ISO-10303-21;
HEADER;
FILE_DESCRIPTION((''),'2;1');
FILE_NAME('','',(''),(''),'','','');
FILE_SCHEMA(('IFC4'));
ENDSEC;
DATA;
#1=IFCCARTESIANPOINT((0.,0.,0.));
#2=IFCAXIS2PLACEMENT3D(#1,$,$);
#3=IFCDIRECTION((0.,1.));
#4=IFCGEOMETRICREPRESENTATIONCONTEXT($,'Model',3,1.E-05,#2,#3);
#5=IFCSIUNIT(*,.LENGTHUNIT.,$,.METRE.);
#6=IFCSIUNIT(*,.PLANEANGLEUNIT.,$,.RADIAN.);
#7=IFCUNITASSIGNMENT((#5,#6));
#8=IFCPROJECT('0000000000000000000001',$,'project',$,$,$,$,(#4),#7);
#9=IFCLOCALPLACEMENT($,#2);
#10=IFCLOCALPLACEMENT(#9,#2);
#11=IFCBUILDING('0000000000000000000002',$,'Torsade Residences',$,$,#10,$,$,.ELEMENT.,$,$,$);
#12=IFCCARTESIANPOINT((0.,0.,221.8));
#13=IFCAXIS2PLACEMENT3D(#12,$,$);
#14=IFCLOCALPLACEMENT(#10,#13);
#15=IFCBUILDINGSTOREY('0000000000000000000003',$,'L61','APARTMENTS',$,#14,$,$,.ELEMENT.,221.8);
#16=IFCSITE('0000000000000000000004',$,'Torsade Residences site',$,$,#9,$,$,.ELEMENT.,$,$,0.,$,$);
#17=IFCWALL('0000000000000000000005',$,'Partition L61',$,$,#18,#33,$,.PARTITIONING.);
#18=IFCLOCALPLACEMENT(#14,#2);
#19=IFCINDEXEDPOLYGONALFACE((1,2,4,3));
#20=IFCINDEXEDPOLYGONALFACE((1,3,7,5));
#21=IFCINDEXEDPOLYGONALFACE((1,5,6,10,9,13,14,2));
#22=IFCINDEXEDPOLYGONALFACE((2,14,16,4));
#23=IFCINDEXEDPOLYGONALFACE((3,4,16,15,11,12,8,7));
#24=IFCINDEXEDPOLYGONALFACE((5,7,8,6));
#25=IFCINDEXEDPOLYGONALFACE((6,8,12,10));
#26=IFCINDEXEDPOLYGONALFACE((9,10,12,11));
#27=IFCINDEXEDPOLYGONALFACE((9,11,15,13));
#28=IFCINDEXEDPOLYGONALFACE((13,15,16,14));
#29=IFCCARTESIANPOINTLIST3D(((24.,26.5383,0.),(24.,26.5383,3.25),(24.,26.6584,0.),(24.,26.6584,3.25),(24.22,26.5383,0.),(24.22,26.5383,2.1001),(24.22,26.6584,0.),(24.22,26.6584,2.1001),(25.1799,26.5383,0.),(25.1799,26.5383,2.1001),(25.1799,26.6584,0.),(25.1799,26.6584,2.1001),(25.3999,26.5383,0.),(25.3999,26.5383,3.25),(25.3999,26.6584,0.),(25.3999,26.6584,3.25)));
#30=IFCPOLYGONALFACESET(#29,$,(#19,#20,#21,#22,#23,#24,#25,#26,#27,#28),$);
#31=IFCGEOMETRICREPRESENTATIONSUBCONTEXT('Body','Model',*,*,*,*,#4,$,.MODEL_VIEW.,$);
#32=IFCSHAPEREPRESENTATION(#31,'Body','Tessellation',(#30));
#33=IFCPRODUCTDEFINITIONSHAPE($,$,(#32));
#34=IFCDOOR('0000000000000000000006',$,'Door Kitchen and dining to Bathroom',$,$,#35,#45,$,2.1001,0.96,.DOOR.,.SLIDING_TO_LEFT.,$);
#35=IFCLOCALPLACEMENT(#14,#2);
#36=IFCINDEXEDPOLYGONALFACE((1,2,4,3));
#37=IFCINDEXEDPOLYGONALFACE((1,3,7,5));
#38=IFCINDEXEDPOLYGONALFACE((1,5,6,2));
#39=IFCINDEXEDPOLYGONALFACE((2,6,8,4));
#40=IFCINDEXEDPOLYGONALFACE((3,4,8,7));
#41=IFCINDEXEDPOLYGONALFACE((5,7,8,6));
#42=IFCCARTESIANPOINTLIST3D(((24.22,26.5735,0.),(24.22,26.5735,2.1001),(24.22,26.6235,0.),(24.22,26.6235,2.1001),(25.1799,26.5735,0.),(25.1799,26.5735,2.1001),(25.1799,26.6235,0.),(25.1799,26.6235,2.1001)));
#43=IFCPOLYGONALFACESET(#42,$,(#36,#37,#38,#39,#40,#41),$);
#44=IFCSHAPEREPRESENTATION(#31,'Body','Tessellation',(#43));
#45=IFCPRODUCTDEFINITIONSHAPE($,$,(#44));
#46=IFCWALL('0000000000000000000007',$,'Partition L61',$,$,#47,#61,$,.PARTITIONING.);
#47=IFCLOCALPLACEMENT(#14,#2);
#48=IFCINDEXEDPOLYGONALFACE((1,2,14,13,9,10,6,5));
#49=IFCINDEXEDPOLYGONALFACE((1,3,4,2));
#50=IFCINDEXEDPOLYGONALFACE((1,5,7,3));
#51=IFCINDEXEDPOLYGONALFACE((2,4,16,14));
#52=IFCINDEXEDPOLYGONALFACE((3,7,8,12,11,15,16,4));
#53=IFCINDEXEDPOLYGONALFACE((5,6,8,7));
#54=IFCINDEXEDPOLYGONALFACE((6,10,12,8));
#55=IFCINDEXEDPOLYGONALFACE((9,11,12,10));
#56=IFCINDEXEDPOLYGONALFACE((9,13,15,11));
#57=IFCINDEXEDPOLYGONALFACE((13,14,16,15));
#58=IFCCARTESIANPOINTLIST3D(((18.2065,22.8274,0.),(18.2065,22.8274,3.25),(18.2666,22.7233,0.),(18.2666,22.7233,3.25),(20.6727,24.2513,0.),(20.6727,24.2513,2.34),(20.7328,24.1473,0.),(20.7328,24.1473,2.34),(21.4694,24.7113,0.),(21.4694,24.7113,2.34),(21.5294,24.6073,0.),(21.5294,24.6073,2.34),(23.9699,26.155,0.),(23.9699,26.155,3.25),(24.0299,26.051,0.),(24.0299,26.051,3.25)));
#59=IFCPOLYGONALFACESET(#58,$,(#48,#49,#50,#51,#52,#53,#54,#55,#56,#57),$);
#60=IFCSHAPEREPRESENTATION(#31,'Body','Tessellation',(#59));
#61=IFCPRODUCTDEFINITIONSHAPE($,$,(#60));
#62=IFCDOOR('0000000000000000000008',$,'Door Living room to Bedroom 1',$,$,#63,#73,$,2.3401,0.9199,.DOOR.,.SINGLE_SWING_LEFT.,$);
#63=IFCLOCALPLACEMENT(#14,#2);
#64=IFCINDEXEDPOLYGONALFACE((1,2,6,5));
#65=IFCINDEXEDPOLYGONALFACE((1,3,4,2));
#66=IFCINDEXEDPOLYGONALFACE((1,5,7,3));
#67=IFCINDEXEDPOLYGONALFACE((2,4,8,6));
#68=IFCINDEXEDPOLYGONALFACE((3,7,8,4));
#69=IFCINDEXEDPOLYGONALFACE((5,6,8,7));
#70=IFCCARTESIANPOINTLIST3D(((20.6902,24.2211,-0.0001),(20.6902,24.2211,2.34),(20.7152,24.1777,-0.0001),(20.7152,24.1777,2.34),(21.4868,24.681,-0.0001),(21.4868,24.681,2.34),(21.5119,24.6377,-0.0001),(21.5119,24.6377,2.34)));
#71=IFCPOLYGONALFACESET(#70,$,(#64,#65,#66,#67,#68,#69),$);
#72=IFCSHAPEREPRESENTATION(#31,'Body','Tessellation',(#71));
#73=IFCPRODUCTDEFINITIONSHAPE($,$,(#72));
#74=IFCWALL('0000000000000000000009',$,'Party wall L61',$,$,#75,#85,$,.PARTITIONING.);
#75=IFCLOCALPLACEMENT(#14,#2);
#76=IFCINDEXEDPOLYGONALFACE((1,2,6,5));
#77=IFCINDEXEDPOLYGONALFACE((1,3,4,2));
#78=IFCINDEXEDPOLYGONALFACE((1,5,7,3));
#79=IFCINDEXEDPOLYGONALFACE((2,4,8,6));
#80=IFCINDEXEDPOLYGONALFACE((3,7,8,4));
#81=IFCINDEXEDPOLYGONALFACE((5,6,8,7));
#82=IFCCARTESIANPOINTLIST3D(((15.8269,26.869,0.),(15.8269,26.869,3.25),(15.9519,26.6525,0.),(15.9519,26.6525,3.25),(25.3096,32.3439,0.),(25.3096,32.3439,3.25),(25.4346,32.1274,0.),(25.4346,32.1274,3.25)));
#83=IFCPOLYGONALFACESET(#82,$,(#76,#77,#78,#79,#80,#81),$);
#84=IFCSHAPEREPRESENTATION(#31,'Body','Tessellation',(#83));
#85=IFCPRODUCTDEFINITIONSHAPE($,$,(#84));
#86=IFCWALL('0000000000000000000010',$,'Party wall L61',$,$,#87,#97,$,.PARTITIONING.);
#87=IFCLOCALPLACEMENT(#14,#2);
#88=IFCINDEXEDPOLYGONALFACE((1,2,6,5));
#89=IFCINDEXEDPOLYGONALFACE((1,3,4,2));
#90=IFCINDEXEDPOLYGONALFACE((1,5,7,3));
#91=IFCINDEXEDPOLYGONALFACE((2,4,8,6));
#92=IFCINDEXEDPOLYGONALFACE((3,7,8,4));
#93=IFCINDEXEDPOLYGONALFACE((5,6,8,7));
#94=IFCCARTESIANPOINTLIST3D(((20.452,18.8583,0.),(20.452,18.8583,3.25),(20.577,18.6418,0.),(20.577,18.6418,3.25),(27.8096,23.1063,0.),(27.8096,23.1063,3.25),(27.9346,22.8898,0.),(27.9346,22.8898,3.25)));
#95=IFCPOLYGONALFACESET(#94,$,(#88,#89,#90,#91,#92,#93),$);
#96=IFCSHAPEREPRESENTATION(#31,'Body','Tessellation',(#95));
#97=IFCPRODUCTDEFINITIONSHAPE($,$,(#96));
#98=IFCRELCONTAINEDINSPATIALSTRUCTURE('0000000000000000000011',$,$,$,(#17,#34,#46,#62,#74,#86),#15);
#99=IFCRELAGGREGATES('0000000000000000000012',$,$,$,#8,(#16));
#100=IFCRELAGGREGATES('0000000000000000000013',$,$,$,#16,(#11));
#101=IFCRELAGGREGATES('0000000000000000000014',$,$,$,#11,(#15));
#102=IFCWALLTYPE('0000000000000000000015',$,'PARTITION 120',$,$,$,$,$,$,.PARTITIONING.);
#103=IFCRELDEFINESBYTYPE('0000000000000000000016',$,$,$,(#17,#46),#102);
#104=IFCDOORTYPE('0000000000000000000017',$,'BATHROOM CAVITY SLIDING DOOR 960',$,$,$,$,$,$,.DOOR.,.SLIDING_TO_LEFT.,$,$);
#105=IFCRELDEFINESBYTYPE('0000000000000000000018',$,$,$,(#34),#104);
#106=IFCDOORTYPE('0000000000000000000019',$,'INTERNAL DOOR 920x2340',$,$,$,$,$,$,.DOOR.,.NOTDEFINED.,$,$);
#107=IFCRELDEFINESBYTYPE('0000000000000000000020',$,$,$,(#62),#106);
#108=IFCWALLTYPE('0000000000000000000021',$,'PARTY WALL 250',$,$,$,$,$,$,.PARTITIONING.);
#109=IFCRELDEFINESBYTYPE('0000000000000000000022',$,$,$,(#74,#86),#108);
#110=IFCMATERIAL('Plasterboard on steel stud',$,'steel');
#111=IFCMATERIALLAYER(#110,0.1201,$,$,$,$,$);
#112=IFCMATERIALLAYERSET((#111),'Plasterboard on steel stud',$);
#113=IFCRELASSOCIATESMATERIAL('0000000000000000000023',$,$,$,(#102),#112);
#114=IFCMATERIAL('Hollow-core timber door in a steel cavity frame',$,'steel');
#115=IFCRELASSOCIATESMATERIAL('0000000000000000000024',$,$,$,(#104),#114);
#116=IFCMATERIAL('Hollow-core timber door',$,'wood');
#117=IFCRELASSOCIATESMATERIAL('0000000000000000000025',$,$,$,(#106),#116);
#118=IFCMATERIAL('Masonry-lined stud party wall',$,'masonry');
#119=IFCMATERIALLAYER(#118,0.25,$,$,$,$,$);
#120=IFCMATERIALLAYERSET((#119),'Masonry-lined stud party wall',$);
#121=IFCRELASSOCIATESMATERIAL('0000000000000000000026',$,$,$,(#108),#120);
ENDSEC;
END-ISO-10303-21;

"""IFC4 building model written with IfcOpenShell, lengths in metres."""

from ifc_helpers import new_model, si_unit, direction, frame, frame_2d, origin, place, context, subcontext, project, spatial, rectangle, extrude, material, layer, layer_set, type_object, element, fill, save


model = new_model("IFC4")

# Units and contexts
model_context = context("Model", 3, precision=1e-05, world=origin(), true_north=direction((0.0, 1.0)))
body_context = subcontext(model_context, "Body", "Model", "MODEL_VIEW")
ifc_project = project(units=[si_unit("LENGTHUNIT", "METRE"), si_unit("PLANEANGLEUNIT", "RADIAN")], contexts=[model_context])

# Site, building, storey
site_placement = place(None, origin())
site = spatial("IfcSite", under=ifc_project, at=site_placement, Name="Torsade Residences site", CompositionType="ELEMENT", RefElevation=0.0)
building_placement = place(site_placement, origin())
building = spatial("IfcBuilding", under=site, at=building_placement, Name="Torsade Residences", CompositionType="ELEMENT")
storey_placement = place(building_placement, frame((0.0, 0.0, 221.8)))
storey = spatial("IfcBuildingStorey", under=building, at=storey_placement, Name="L61", Description="APARTMENTS", CompositionType="ELEMENT", Elevation=221.8)

# Walls, openings, doors
ifc_material_1 = material(Name="Plasterboard on steel stud", Category="steel")
ifc_layer_1 = layer(ifc_material_1, 0.1201)
ifc_layer_set_1 = layer_set([ifc_layer_1], Name="Plasterboard on steel stud")
wall_type_1 = type_object("IfcWallType", Name="PARTITION 120", PredefinedType="PARTITIONING", material=ifc_layer_set_1)
wall_1_placement = place(storey_placement, frame((25.3999, 26.5984, 0.0), z_axis=(0.0, 0.0, 1.0), x_axis=(-1.0, 0.0, 0.0)))
wall_1 = element("IfcWall", 1, at=wall_1_placement, inside=storey, type_object=wall_type_1, Name="Partition L61", PredefinedType="PARTITIONING", context=body_context, shape_type="SweptSolid", body=[
    extrude(rectangle(XDim=1.3999, YDim=0.1201, at=frame_2d((0.7, 0.0))), origin(), (0.0, 0.0, 1.0), 3.25),
])
opening_1_placement = place(wall_1_placement, frame((0.22, 0.0, 0.0)))
opening_1 = element("IfcOpeningElement", 2, at=opening_1_placement, cuts=wall_1, PredefinedType="OPENING", context=body_context, shape_type="SweptSolid", body=[
    extrude(rectangle(XDim=0.96, YDim=2.1001, at=frame_2d((0.48, 1.05))), frame((0.0, 0.0701, 0.0), z_axis=(0.0, -1.0, 0.0), x_axis=(1.0, 0.0, 0.0)), (0.0, 0.0, 1.0), 0.1401),
])
ifc_material_2 = material(Name="Hollow-core timber door in a steel cavity frame", Category="steel")
door_type_1 = type_object("IfcDoorType", Name="BATHROOM CAVITY SLIDING DOOR 960", OperationType="SLIDING_TO_LEFT", PredefinedType="DOOR", material=ifc_material_2)
door_1_placement = place(opening_1_placement, origin())
door_1 = element("IfcDoor", 3, at=door_1_placement, inside=storey, type_object=door_type_1, Name="Door Kitchen and dining to Bathroom", OperationType="SLIDING_TO_LEFT", OverallHeight=2.1001, OverallWidth=0.96, PredefinedType="DOOR", context=body_context, shape_type="SweptSolid", body=[
    extrude(rectangle(XDim=0.96, YDim=2.1001, at=frame_2d((0.48, 1.05))), frame((0.0, 0.0249, 0.0), z_axis=(0.0, -1.0, 0.0), x_axis=(1.0, 0.0, 0.0)), (0.0, 0.0, 1.0), 0.05),
])
fill(opening_1, door_1)
wall_2_placement = place(storey_placement, frame((24.0, 26.103, 0.0), z_axis=(0.0, 0.0, 1.0), x_axis=(-0.866018, -0.500014, 0.0)))
wall_2 = element("IfcWall", 4, at=wall_2_placement, inside=storey, type_object=wall_type_1, Name="Partition L61", PredefinedType="PARTITIONING", context=body_context, shape_type="SweptSolid", body=[
    extrude(rectangle(XDim=6.655, YDim=0.1201, at=frame_2d((3.3276, 0.0))), origin(), (0.0, 0.0, 1.0), 3.25),
])
opening_2_placement = place(wall_2_placement, frame((2.8875, 0.0, 0.0)))
opening_2 = element("IfcOpeningElement", 5, at=opening_2_placement, cuts=wall_2, PredefinedType="OPENING", context=body_context, shape_type="SweptSolid", body=[
    extrude(rectangle(XDim=0.9199, YDim=2.3401, at=frame_2d((0.46, 1.1699))), frame((0.0, 0.0701, 0.0), z_axis=(0.0, -1.0, 0.0), x_axis=(1.0, 0.0, 0.0)), (0.0, 0.0, 1.0), 0.1401),
])
ifc_material_3 = material(Name="Hollow-core timber door", Category="wood")
door_type_2 = type_object("IfcDoorType", Name="INTERNAL DOOR 920x2340", OperationType="NOTDEFINED", PredefinedType="DOOR", material=ifc_material_3)
door_2_placement = place(opening_2_placement, origin())
door_2 = element("IfcDoor", 6, at=door_2_placement, inside=storey, type_object=door_type_2, Name="Door Living room to Bedroom 1", OperationType="SINGLE_SWING_LEFT", OverallHeight=2.3401, OverallWidth=0.9199, PredefinedType="DOOR", context=body_context, shape_type="SweptSolid", body=[
    extrude(rectangle(XDim=0.9199, YDim=2.3401, at=frame_2d((0.46, 1.1699))), frame((0.0, 0.0249, 0.0), z_axis=(0.0, -1.0, 0.0), x_axis=(1.0, 0.0, 0.0)), (0.0, 0.0, 1.0), 0.05),
])
fill(opening_2, door_2)

# Walls
ifc_material_4 = material(Name="Masonry-lined stud party wall", Category="masonry")
ifc_layer_2 = layer(ifc_material_4, 0.25)
ifc_layer_set_2 = layer_set([ifc_layer_2], Name="Masonry-lined stud party wall")
wall_type_2 = type_object("IfcWallType", Name="PARTY WALL 250", PredefinedType="PARTITIONING", material=ifc_layer_set_2)
wall_3_placement = place(storey_placement, frame((15.8894, 26.7607, 0.0), z_axis=(0.0, 0.0, 1.0), x_axis=(0.866024, 0.500002, 0.0)))
element("IfcWall", 7, at=wall_3_placement, inside=storey, type_object=wall_type_2, Name="Party wall L61", PredefinedType="PARTITIONING", context=body_context, shape_type="SweptSolid", body=[
    extrude(rectangle(XDim=10.9497, YDim=0.25, at=frame_2d((5.4749, 0.0))), origin(), (0.0, 0.0, 1.0), 3.25),
])
wall_4_placement = place(storey_placement, frame((20.5144, 18.75, 0.0), z_axis=(0.0, 0.0, 1.0), x_axis=(0.86602, 0.500009, 0.0)))
element("IfcWall", 8, at=wall_4_placement, inside=storey, type_object=wall_type_2, Name="Party wall L61", PredefinedType="PARTITIONING", context=body_context, shape_type="SweptSolid", body=[
    extrude(rectangle(XDim=8.4958, YDim=0.25, at=frame_2d((4.248, 0.0))), origin(), (0.0, 0.0, 1.0), 3.25),
])

save(model, "model.ifc")
